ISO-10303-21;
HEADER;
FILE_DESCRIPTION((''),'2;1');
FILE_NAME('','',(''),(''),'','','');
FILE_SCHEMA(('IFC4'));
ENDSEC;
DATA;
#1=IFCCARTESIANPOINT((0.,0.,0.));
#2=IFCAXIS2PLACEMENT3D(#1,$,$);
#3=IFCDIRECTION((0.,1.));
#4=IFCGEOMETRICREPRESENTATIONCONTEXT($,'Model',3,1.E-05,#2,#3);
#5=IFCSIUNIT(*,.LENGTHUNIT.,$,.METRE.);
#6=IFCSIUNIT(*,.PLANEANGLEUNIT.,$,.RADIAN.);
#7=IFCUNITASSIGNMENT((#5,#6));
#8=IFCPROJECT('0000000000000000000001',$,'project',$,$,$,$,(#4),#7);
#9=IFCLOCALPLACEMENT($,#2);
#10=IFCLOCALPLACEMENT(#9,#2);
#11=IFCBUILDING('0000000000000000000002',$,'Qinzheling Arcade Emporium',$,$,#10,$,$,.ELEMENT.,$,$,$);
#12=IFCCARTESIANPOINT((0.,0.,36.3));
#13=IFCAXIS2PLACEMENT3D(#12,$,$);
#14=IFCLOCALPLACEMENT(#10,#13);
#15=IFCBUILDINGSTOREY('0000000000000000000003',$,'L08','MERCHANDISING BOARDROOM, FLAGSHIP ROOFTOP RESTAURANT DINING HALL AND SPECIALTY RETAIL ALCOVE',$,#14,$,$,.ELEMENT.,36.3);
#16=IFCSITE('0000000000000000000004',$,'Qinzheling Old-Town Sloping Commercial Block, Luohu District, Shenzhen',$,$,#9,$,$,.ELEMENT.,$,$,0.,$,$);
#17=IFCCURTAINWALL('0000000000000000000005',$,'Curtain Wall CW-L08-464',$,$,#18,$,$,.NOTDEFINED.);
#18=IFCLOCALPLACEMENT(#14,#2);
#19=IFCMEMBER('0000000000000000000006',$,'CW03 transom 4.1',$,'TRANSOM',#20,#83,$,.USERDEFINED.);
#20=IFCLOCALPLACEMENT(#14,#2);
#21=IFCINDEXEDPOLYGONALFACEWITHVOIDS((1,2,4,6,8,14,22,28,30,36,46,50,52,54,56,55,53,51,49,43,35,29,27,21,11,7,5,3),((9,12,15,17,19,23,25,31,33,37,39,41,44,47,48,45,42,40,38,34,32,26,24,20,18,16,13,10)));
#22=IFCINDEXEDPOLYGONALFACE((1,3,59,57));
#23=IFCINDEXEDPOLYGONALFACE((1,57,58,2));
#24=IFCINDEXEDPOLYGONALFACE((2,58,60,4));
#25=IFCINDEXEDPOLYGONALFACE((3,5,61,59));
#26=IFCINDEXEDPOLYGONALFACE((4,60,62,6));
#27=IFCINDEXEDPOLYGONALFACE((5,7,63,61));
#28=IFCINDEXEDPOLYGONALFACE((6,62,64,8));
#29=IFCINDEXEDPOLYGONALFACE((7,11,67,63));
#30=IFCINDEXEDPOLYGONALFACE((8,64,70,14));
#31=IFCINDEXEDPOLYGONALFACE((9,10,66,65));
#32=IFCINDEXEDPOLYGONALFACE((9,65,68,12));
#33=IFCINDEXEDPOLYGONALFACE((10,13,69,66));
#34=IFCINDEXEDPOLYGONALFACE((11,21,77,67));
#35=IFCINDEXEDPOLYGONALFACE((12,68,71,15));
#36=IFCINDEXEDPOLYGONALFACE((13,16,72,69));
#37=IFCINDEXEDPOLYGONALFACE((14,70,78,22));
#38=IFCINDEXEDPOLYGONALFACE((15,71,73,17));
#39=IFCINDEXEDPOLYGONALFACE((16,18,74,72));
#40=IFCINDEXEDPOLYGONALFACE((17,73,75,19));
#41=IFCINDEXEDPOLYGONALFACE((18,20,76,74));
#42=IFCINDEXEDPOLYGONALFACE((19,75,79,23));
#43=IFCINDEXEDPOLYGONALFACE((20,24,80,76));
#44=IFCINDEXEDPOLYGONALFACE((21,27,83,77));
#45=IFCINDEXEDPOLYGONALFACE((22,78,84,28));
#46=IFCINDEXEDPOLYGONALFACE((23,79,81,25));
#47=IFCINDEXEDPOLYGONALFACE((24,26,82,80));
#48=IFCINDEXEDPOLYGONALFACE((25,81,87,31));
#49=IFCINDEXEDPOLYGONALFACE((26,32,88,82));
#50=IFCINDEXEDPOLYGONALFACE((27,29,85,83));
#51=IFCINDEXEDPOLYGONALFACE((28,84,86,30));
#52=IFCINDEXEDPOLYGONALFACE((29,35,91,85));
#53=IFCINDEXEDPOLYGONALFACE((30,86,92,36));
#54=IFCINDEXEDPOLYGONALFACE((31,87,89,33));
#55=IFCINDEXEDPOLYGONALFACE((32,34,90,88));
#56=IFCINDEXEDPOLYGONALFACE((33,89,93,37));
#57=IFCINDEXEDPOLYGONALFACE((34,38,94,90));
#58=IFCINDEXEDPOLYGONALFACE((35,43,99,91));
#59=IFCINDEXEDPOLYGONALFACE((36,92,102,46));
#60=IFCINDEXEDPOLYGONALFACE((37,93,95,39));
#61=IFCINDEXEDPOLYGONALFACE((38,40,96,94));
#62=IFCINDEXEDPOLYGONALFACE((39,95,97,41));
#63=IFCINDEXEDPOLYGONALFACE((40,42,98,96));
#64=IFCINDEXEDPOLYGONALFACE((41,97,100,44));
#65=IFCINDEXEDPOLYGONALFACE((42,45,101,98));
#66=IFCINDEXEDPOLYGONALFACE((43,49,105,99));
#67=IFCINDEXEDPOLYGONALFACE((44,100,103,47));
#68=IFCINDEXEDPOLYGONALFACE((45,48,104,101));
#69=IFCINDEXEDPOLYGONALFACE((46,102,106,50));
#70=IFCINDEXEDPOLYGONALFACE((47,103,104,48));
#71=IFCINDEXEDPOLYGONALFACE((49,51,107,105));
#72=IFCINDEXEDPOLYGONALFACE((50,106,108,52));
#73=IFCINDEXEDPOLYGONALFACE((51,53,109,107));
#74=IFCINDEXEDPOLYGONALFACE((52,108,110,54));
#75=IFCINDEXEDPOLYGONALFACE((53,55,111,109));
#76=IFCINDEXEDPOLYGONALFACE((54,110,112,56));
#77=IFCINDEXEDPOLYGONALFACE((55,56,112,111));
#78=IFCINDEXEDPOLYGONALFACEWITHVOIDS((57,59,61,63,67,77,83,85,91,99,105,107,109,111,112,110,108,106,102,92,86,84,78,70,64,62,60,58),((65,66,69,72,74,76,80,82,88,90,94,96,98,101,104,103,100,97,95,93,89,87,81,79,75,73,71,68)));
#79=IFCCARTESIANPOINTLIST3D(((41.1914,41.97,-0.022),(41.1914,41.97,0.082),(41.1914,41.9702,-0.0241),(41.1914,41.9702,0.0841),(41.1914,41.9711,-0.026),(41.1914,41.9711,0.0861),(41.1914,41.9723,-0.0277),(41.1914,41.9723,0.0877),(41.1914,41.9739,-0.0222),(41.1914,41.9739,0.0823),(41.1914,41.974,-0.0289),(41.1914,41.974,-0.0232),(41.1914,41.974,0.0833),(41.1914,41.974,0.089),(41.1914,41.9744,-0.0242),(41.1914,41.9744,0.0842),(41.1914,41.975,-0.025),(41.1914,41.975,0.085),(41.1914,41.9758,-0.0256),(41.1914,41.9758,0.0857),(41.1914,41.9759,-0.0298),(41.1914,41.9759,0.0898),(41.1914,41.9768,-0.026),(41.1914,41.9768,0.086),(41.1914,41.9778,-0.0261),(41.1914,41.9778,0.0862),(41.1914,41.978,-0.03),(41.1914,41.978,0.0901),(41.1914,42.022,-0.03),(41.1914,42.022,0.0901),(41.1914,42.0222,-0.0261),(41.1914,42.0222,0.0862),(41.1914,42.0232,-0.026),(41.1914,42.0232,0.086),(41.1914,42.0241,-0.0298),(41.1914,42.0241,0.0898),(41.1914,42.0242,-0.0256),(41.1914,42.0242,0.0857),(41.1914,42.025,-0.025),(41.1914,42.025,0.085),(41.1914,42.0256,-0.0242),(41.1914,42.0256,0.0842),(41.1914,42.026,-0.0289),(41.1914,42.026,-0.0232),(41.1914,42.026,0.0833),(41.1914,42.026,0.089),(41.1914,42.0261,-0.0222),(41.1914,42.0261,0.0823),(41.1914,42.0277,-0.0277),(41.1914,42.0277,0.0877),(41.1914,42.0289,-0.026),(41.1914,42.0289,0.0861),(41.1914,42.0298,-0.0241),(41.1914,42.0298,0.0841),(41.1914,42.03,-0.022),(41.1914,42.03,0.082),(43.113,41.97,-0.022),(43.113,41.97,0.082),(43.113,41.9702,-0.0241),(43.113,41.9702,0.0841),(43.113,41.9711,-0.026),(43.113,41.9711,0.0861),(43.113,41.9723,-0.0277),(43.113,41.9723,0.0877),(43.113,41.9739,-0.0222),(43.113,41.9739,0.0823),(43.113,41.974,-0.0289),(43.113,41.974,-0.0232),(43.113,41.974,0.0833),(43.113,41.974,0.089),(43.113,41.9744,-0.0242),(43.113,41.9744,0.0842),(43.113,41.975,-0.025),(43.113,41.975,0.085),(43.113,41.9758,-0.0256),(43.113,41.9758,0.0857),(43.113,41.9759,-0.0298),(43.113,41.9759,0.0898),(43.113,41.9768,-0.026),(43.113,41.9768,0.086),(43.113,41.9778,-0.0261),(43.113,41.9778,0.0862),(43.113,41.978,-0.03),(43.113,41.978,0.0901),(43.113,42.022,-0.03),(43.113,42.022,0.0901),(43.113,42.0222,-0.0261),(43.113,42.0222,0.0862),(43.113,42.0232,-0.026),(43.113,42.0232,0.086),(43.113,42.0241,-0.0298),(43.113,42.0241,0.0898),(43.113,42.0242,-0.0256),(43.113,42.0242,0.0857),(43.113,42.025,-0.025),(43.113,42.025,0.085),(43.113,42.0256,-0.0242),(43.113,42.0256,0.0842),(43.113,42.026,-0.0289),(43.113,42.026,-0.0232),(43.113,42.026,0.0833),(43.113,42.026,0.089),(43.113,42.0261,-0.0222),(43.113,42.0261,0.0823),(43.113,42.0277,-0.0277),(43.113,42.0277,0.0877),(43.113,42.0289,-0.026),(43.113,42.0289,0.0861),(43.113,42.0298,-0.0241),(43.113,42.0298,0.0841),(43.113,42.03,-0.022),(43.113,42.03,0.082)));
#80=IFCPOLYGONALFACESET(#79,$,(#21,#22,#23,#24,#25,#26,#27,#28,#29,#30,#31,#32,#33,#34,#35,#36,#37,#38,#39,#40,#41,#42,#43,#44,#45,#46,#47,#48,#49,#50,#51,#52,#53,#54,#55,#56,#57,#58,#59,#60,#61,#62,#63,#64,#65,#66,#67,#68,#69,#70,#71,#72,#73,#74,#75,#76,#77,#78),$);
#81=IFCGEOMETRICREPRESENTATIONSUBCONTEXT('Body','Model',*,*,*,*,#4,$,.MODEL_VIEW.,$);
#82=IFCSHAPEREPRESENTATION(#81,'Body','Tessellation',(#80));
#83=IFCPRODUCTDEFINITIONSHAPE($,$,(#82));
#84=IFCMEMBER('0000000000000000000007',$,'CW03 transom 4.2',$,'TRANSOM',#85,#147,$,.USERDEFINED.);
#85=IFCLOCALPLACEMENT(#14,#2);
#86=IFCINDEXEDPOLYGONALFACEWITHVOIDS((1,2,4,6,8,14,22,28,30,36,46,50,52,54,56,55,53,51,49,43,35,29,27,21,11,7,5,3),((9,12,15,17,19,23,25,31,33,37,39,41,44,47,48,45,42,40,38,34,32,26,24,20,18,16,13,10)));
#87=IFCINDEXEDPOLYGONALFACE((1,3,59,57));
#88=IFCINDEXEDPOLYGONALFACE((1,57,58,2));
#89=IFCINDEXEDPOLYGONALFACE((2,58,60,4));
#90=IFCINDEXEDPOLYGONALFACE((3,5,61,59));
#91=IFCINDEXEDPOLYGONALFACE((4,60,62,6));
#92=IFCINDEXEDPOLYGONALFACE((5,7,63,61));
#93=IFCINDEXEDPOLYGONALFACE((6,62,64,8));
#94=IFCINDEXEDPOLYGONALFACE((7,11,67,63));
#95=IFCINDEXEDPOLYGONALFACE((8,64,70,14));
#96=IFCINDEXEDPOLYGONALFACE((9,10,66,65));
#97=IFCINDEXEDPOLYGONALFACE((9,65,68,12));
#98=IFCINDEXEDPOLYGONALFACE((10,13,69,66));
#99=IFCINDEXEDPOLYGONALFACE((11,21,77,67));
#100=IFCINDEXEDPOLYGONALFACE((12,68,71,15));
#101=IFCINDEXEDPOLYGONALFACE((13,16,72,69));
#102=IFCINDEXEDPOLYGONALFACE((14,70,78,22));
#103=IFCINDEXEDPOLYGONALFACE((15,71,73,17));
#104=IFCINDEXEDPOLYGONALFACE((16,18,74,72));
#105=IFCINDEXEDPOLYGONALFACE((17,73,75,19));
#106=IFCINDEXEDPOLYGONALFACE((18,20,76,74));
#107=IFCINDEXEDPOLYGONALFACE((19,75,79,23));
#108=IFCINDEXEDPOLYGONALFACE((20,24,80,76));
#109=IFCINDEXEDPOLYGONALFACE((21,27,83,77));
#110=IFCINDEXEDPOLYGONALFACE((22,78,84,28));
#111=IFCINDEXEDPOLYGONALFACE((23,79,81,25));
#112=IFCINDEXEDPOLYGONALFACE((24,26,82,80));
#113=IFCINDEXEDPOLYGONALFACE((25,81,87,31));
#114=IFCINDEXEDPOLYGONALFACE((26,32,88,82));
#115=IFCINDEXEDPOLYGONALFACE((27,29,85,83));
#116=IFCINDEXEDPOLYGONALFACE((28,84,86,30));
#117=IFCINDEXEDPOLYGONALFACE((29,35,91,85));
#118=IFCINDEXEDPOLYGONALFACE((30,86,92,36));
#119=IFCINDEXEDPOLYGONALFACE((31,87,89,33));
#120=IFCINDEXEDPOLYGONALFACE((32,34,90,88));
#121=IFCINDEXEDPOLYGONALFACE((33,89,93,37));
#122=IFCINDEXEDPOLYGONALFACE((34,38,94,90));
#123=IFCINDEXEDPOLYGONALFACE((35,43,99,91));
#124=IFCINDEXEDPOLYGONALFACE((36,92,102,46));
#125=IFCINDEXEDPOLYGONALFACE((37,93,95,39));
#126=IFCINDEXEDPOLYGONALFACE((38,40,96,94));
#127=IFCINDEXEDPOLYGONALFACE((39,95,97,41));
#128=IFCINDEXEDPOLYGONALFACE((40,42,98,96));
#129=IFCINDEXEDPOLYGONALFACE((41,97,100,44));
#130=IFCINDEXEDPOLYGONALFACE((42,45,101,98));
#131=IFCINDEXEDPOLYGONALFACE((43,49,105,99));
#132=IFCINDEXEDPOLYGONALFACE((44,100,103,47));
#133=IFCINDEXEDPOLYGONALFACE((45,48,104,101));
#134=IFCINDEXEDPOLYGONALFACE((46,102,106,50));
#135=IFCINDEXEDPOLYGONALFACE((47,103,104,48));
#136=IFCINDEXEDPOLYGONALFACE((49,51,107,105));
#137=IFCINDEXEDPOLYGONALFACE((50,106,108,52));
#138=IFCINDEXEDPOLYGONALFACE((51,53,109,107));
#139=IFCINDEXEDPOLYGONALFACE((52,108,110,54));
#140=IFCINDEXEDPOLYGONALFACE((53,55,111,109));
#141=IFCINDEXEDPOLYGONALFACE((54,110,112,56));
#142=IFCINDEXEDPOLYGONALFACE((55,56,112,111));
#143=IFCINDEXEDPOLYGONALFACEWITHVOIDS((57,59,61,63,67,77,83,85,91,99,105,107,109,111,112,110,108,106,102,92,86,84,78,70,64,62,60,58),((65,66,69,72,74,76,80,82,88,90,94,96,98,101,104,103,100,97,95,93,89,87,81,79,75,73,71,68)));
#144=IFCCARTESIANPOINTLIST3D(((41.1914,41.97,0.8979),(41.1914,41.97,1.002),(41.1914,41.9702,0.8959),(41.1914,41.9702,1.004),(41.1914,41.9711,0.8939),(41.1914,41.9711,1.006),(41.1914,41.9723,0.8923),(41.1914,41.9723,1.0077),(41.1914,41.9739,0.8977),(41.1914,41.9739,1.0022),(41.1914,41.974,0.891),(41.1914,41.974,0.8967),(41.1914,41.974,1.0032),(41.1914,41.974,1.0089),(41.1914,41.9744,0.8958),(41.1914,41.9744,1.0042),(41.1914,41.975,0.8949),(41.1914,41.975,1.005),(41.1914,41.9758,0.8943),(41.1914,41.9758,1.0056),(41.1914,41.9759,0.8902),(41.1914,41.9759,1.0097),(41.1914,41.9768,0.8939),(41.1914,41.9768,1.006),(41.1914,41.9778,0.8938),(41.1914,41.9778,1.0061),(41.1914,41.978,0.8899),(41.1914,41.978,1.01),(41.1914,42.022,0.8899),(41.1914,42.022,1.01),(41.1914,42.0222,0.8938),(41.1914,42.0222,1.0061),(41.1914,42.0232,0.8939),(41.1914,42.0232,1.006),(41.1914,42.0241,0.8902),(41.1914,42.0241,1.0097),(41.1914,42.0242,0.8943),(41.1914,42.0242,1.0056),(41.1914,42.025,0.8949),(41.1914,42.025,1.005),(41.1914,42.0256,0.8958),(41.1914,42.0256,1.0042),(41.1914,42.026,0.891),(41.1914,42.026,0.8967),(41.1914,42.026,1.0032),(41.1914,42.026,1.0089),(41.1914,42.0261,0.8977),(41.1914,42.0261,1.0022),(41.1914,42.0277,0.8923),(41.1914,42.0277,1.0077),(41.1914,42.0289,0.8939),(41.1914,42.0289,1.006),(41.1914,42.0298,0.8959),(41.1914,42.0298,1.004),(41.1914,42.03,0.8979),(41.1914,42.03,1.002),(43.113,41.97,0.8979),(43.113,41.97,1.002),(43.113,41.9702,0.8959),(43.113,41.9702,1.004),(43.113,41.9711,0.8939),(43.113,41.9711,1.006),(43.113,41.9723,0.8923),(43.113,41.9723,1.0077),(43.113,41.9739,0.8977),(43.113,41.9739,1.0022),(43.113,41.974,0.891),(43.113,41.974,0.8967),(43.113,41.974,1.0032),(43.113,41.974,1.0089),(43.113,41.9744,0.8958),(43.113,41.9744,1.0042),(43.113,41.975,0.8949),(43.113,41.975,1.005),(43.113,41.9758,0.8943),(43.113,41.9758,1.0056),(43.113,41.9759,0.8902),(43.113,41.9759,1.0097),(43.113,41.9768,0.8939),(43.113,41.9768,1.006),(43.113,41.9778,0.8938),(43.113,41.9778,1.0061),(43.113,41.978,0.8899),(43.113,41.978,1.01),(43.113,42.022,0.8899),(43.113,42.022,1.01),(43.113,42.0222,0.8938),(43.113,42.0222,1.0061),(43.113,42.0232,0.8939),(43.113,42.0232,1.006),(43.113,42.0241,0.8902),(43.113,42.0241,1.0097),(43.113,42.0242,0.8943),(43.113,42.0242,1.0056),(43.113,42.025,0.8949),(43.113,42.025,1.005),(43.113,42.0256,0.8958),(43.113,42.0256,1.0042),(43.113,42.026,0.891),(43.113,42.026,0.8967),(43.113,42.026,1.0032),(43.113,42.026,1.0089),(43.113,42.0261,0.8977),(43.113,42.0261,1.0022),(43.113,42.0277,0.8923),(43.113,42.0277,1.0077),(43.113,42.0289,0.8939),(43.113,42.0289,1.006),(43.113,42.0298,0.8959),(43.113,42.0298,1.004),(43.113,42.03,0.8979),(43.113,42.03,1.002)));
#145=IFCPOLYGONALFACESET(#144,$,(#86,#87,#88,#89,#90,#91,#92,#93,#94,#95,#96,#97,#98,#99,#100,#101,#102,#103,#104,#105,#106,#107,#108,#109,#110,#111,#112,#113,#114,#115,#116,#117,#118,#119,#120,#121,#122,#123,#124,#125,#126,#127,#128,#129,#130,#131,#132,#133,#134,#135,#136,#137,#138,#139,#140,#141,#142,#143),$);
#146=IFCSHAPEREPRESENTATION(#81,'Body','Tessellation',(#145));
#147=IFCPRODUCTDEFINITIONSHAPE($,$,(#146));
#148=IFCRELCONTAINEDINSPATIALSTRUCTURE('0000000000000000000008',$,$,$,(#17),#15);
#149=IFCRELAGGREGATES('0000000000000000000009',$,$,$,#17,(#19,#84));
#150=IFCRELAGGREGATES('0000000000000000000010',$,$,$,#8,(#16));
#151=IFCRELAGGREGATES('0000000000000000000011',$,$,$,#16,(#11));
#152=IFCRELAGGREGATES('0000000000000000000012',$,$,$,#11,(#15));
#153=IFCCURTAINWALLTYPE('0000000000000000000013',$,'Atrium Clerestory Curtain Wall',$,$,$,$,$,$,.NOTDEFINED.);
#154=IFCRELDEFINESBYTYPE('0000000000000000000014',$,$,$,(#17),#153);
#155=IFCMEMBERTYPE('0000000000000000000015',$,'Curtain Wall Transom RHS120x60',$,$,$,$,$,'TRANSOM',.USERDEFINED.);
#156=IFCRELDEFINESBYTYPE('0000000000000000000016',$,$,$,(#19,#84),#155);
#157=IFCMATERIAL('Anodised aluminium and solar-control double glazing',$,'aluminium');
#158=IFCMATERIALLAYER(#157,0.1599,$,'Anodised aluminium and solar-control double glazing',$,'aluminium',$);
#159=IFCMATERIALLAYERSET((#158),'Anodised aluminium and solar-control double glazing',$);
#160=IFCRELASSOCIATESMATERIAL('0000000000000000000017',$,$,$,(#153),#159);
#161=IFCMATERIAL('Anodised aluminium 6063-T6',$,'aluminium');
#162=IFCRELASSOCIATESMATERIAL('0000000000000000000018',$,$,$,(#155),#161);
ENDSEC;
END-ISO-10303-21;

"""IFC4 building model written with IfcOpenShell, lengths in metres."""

from ifc_helpers import new_model, si_unit, direction, frame, origin, origin_2d, place, context, subcontext, project, spatial, hollow_rectangle, extrude, material, layer, layer_set, material_profile, profile_set, type_object, element, aggregate, save


model = new_model("IFC4")

# Units and contexts
model_context = context("Model", 3, precision=1e-05, world=origin(), true_north=direction((0.0, 1.0)))
body_context = subcontext(model_context, "Body", "Model", "MODEL_VIEW")
ifc_project = project(units=[si_unit("LENGTHUNIT", "METRE"), si_unit("PLANEANGLEUNIT", "RADIAN")], contexts=[model_context])

# Site, building, storey
site_placement = place(None, origin())
site = spatial("IfcSite", under=ifc_project, at=site_placement, Name="Qinzheling Old-Town Sloping Commercial Block, Luohu District, Shenzhen", CompositionType="ELEMENT", RefElevation=0.0)
building_placement = place(site_placement, origin())
building = spatial("IfcBuilding", under=site, at=building_placement, Name="Qinzheling Arcade Emporium", CompositionType="ELEMENT")
storey_placement = place(building_placement, frame((0.0, 0.0, 36.3)))
storey = spatial("IfcBuildingStorey", under=building, at=storey_placement, Name="L08", Description="MERCHANDISING BOARDROOM, FLAGSHIP ROOFTOP RESTAURANT DINING HALL AND SPECIALTY RETAIL ALCOVE", CompositionType="ELEMENT", Elevation=36.3)

# Curtain wall
ifc_material_1 = material(Name="Anodised aluminium and solar-control double glazing", Category="aluminium")
ifc_layer_1 = layer(ifc_material_1, 0.1599, Name="Anodised aluminium and solar-control double glazing", Category="aluminium")
ifc_layer_set_1 = layer_set([ifc_layer_1], Name="Anodised aluminium and solar-control double glazing")
curtain_wall_type = type_object("IfcCurtainWallType", Name="Atrium Clerestory Curtain Wall", PredefinedType="NOTDEFINED", material=ifc_layer_set_1)
curtain_wall_1_placement = place(storey_placement, origin())
curtain_wall_1 = element("IfcCurtainWall", 1, at=curtain_wall_1_placement, inside=storey, type_object=curtain_wall_type, Name="Curtain Wall CW-L08-464", PredefinedType="NOTDEFINED")
ifc_material_2 = material(Name="Anodised aluminium 6063-T6", Category="aluminium")

# Members
ifc_material_profile_1 = material_profile(ifc_material_2, hollow_rectangle(XDim=0.0601, YDim=0.1201, WallThickness=0.0039, InnerFilletRadius=0.0039, OuterFilletRadius=0.0081, at=origin_2d()), Name="RHS 120x60x4", Category="aluminium")
ifc_profile_set_1 = profile_set([ifc_material_profile_1], Name="Anodised aluminium 6063-T6")
member_type_1 = type_object("IfcMemberType", Name="Curtain Wall Transom RHS120x60", ElementType="TRANSOM", PredefinedType="USERDEFINED", material=ifc_profile_set_1)
member_1_placement = place(storey_placement, frame((41.1914, 42.0, 0.03), z_axis=(1.0, 0.0, 0.0), x_axis=(0.0, 1.0, 0.0)))
member_1 = element("IfcMember", 2, at=member_1_placement, type_object=member_type_1, Name="CW03 transom 4.1", ObjectType="TRANSOM", PredefinedType="USERDEFINED", context=body_context, shape_type="SweptSolid", body=[
    extrude(hollow_rectangle(XDim=0.0601, YDim=0.1201, WallThickness=0.0039, InnerFilletRadius=0.0039, OuterFilletRadius=0.0081, at=origin_2d()), origin(), (0.0, 0.0, 1.0), 1.9216),
])
member_2_placement = place(storey_placement, frame((41.1914, 42.0, 0.95), z_axis=(1.0, 0.0, 0.0), x_axis=(0.0, 1.0, 0.0)))
member_2 = element("IfcMember", 3, at=member_2_placement, type_object=member_type_1, Name="CW03 transom 4.2", ObjectType="TRANSOM", PredefinedType="USERDEFINED", context=body_context, shape_type="SweptSolid", body=[
    extrude(hollow_rectangle(XDim=0.0601, YDim=0.1201, WallThickness=0.0039, InnerFilletRadius=0.0039, OuterFilletRadius=0.0081, at=origin_2d()), origin(), (0.0, 0.0, 1.0), 1.9216),
])

aggregate(curtain_wall_1, [member_1, member_2])

save(model, "model.ifc")
